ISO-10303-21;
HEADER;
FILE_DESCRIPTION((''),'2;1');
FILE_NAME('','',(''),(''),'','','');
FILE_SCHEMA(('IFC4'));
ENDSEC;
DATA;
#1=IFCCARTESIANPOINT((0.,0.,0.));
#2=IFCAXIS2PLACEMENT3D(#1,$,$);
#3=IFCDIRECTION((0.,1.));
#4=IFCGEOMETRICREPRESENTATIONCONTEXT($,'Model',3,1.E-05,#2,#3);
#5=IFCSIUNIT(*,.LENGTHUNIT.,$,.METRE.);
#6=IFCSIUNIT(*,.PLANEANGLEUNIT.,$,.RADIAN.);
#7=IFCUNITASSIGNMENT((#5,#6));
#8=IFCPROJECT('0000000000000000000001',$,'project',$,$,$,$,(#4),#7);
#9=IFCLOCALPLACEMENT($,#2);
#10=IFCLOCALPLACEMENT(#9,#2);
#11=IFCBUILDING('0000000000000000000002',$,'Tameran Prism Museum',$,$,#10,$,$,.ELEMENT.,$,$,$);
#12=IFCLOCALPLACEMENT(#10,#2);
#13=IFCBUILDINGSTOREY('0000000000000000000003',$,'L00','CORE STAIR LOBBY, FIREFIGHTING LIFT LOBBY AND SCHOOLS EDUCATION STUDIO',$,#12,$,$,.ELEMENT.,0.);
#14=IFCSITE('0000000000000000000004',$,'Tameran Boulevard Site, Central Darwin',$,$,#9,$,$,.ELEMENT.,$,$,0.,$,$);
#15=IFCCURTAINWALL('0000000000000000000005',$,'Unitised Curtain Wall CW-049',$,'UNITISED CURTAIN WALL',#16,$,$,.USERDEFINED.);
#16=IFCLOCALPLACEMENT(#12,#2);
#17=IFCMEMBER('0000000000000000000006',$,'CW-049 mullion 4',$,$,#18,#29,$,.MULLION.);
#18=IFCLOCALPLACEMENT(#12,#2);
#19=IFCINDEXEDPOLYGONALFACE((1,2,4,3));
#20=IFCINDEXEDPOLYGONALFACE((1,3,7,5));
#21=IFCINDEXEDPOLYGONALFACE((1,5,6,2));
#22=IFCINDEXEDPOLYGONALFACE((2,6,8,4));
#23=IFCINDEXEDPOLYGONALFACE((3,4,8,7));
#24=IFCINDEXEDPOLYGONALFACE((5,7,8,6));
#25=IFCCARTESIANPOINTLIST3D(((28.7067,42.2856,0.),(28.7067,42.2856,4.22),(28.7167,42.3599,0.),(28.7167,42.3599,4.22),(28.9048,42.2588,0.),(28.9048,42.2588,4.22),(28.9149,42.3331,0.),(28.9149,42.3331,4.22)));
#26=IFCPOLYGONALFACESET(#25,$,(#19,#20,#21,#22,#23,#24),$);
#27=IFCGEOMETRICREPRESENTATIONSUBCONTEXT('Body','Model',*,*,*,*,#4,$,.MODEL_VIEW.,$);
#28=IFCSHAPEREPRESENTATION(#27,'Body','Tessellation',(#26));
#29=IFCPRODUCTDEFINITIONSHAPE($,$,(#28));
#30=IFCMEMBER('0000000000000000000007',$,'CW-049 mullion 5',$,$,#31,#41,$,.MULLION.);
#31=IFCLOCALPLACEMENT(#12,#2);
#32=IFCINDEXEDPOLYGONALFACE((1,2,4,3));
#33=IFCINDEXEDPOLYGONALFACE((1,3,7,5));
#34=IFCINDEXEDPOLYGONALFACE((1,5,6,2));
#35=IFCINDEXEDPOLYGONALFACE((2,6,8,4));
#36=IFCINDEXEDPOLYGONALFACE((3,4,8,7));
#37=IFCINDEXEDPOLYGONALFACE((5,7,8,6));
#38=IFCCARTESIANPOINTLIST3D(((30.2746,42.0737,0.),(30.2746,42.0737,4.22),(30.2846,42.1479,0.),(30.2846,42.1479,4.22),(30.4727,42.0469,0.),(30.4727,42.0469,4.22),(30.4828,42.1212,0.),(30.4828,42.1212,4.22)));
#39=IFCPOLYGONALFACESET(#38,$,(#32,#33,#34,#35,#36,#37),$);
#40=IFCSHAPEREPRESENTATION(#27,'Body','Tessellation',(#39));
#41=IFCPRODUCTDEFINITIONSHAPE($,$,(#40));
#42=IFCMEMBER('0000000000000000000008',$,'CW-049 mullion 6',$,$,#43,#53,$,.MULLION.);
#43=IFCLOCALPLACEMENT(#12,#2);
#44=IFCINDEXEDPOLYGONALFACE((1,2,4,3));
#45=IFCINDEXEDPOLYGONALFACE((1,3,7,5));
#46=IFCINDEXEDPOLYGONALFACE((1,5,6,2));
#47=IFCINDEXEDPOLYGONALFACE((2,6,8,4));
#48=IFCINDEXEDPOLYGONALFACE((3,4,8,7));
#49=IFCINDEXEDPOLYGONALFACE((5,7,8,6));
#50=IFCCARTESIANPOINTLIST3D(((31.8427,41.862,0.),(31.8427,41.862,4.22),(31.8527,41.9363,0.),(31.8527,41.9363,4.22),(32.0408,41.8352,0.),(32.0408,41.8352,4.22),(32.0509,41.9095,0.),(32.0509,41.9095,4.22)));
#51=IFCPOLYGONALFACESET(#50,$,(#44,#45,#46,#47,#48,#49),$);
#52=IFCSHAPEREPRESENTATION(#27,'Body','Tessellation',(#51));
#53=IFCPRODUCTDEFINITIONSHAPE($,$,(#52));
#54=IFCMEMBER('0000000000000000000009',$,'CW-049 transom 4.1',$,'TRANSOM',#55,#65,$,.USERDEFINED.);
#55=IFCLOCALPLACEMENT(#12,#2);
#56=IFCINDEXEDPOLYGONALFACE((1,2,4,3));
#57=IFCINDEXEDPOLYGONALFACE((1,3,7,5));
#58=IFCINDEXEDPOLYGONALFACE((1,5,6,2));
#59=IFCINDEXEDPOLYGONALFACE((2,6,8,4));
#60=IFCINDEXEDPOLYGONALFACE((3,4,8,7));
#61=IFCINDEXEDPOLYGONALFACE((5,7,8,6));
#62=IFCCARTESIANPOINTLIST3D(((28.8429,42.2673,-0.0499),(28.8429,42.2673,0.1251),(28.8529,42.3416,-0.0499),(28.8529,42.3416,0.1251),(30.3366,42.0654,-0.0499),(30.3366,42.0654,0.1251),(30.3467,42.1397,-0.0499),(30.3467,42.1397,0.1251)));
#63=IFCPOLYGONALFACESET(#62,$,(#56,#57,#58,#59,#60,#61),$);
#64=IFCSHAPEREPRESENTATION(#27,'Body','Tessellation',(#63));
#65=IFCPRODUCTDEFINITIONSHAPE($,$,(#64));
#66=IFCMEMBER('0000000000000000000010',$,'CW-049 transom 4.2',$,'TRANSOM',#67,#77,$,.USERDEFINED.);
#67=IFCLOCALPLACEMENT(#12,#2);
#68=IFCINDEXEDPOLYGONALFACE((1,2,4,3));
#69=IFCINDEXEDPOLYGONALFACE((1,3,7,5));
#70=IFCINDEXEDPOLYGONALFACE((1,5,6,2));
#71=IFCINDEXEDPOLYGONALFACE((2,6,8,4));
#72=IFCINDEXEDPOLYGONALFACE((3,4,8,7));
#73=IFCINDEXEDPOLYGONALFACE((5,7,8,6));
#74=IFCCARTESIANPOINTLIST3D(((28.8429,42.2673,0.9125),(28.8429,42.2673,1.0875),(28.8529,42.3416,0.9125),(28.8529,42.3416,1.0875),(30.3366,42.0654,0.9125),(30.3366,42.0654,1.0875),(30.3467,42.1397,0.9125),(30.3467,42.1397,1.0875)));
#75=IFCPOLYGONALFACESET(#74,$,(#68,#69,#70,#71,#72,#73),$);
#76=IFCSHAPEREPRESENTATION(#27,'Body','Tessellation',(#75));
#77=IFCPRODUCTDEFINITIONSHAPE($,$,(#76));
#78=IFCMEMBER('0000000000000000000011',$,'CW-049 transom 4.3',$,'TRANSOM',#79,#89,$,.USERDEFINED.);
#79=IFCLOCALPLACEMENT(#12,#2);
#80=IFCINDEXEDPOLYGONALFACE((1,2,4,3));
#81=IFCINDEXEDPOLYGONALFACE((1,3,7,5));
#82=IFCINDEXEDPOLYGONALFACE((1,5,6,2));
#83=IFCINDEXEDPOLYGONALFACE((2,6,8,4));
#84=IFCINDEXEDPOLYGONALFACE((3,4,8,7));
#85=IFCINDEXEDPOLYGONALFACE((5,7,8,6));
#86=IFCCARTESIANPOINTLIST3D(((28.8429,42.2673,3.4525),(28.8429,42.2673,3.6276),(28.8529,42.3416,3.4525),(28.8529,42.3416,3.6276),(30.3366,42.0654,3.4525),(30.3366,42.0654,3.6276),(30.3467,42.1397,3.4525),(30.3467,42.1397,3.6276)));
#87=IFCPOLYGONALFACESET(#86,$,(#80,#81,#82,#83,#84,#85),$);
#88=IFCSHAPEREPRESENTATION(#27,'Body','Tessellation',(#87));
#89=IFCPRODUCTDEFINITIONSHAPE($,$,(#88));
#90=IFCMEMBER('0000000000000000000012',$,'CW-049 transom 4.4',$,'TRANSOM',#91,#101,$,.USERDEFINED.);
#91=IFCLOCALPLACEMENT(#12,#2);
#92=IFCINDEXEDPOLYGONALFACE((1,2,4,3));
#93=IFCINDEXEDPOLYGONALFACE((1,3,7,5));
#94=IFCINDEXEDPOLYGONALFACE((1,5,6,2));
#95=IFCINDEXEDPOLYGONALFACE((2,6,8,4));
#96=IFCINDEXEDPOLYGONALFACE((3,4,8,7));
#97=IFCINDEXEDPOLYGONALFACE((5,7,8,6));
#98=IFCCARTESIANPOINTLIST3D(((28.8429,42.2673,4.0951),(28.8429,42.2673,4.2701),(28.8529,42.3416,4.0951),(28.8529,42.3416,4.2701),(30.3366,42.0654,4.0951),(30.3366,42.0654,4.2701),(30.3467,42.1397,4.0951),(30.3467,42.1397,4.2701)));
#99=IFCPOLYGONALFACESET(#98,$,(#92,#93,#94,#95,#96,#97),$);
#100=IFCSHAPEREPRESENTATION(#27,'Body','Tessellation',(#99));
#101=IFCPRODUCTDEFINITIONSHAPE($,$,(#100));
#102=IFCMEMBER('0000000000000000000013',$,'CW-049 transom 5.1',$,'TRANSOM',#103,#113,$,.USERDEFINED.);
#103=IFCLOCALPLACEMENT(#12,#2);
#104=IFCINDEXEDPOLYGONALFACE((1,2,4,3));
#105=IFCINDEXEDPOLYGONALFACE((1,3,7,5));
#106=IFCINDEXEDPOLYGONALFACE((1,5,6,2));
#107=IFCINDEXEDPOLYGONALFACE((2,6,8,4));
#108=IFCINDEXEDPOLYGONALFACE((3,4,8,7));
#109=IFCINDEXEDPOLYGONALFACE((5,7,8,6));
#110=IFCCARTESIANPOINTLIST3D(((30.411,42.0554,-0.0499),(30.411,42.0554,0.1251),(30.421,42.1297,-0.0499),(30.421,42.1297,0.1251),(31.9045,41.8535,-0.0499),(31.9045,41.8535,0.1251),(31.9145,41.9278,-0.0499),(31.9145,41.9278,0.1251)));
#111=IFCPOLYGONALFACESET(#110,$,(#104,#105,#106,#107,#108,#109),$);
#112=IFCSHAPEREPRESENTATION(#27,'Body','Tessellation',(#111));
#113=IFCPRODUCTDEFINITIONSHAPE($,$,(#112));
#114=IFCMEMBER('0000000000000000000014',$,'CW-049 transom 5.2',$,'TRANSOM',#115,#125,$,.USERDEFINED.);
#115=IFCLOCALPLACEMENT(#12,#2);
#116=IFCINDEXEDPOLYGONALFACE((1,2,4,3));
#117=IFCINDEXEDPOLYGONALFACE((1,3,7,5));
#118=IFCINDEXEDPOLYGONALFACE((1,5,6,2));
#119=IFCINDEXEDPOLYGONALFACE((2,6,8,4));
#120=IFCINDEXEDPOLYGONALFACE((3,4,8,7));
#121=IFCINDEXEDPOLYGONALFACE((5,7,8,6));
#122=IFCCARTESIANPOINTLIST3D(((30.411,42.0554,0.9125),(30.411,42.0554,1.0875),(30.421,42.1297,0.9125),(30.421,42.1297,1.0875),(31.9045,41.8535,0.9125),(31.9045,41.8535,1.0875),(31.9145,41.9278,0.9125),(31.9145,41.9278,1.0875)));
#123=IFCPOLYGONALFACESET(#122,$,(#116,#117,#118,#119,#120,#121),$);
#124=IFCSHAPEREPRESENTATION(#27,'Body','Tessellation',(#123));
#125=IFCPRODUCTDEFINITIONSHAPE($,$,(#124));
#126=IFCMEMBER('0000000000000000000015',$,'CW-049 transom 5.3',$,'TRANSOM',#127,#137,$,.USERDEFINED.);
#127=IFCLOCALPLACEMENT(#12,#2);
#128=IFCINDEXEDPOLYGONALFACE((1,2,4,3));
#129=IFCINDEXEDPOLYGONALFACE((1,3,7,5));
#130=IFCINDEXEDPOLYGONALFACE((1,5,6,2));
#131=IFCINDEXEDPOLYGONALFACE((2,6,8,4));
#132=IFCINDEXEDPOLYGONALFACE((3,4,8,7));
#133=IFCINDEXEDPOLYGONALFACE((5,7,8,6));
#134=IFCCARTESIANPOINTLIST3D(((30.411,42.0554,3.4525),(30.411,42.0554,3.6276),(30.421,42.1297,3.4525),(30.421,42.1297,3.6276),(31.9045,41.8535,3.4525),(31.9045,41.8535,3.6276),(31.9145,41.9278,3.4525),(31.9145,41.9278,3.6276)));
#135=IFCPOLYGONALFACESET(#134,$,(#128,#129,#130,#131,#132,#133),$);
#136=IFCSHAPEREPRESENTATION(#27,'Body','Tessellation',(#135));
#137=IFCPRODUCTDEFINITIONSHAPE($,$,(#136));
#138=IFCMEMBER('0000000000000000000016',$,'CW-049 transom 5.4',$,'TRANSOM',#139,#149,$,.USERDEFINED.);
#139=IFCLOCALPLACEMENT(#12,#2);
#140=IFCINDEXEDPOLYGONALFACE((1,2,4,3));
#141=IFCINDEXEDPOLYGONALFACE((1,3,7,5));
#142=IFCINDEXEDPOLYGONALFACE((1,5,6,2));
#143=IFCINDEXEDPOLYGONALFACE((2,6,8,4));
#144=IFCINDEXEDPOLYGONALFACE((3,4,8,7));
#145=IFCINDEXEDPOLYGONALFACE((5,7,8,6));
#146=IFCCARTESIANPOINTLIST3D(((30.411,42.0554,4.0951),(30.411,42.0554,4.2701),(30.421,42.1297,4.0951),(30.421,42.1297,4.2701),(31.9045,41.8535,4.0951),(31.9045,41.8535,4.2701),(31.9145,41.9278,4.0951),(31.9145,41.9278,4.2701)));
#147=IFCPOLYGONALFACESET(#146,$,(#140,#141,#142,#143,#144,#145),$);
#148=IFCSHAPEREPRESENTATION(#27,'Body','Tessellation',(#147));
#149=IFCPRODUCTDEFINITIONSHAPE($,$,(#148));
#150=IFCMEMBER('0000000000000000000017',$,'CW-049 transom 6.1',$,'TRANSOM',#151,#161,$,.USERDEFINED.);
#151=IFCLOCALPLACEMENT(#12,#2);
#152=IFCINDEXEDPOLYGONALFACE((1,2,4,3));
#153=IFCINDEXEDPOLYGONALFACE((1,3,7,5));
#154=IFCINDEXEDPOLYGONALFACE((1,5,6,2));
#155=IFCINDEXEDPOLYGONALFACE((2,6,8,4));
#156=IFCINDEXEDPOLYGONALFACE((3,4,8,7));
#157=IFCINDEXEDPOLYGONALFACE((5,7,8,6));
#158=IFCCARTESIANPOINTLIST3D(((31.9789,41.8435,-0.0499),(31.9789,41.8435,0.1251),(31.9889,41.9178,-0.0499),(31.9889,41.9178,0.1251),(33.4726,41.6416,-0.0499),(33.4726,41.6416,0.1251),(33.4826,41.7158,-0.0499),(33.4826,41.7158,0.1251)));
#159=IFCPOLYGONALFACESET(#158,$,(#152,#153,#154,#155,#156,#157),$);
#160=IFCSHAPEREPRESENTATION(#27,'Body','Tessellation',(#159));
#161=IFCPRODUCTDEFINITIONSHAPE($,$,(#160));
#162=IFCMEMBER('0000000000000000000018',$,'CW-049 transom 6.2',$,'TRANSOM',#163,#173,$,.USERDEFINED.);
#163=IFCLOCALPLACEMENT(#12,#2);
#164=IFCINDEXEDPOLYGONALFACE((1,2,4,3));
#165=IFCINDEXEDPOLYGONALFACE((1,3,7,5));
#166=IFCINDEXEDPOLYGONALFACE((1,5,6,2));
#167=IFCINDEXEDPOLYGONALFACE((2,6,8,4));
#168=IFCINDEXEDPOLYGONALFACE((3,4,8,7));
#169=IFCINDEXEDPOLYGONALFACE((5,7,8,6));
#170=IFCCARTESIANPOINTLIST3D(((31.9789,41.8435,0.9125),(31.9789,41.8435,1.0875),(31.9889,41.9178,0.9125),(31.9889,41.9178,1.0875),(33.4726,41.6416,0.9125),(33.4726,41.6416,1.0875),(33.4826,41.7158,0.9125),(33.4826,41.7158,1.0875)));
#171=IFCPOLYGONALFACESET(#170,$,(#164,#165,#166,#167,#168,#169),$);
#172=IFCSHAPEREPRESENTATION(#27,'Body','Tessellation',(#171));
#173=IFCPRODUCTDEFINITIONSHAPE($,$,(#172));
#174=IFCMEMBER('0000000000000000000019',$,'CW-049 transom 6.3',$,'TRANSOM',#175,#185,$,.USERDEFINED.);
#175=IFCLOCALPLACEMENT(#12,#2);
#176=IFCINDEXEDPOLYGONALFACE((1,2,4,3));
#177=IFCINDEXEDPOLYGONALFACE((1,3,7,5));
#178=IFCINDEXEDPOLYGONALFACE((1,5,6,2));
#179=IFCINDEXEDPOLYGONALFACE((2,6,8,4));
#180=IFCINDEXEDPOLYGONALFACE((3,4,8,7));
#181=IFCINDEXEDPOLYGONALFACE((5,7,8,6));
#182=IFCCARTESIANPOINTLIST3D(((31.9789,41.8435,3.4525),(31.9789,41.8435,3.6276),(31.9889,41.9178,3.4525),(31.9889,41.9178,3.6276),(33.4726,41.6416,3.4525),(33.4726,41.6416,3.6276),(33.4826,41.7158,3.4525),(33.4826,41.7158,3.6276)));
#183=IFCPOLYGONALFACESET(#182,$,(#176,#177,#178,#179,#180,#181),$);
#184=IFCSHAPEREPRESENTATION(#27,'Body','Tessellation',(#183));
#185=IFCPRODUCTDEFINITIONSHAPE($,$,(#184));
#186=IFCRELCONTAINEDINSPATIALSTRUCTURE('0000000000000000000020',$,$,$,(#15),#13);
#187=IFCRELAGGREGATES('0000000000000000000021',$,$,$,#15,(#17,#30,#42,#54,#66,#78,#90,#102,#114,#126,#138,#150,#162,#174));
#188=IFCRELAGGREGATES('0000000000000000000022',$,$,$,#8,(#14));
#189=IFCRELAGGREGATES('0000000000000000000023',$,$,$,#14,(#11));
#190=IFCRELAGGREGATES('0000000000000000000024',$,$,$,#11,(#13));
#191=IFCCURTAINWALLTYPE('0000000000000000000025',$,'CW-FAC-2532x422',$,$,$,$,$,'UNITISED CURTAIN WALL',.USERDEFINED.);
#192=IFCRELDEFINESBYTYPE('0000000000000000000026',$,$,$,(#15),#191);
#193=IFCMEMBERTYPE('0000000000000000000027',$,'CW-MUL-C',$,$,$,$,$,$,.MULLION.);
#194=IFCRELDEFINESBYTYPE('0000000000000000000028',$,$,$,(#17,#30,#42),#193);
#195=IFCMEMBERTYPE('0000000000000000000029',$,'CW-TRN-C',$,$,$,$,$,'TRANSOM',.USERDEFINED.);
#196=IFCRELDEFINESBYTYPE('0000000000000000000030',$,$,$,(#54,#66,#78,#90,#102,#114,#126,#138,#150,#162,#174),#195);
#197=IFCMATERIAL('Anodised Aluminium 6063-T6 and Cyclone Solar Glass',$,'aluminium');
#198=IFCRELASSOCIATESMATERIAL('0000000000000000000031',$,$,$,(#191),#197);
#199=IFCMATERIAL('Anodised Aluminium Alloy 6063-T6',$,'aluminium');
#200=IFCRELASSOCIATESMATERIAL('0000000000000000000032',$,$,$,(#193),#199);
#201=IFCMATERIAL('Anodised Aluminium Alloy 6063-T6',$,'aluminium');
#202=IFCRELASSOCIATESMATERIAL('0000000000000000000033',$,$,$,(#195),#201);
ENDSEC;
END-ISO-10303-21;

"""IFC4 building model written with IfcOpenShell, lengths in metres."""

from ifc_helpers import new_model, si_unit, direction, frame, origin, origin_2d, place, context, subcontext, project, spatial, rectangle, extrude, material, material_profile, profile_set, type_object, element, aggregate, save


model = new_model("IFC4")

# Units and contexts
model_context = context("Model", 3, precision=1e-05, world=origin(), true_north=direction((0.0, 1.0)))
body_context = subcontext(model_context, "Body", "Model", "MODEL_VIEW")
ifc_project = project(units=[si_unit("LENGTHUNIT", "METRE"), si_unit("PLANEANGLEUNIT", "RADIAN")], contexts=[model_context])

# Site, building, storey
site_placement = place(None, origin())
site = spatial("IfcSite", under=ifc_project, at=site_placement, Name="Tameran Boulevard Site, Central Darwin", CompositionType="ELEMENT", RefElevation=0.0)
building_placement = place(site_placement, origin())
building = spatial("IfcBuilding", under=site, at=building_placement, Name="Tameran Prism Museum", CompositionType="ELEMENT")
storey_placement = place(building_placement, origin())
storey = spatial("IfcBuildingStorey", under=building, at=storey_placement, Name="L00", Description="CORE STAIR LOBBY, FIREFIGHTING LIFT LOBBY AND SCHOOLS EDUCATION STUDIO", CompositionType="ELEMENT", Elevation=0.0)

# Curtain wall, members
ifc_material_1 = material(Name="Anodised Aluminium 6063-T6 and Cyclone Solar Glass", Category="aluminium")
curtain_wall_type = type_object("IfcCurtainWallType", Name="CW-FAC-2532x422", ElementType="UNITISED CURTAIN WALL", PredefinedType="USERDEFINED", material=ifc_material_1)
curtain_wall_placement = place(storey_placement, origin())
curtain_wall = element("IfcCurtainWall", 1, at=curtain_wall_placement, inside=storey, type_object=curtain_wall_type, Name="Unitised Curtain Wall CW-049", ObjectType="UNITISED CURTAIN WALL", PredefinedType="USERDEFINED")
ifc_material_2 = material(Name="Anodised Aluminium Alloy 6063-T6", Category="aluminium")
ifc_material_profile_1 = material_profile(ifc_material_2, rectangle(XDim=0.075, YDim=0.2, at=origin_2d()))
ifc_profile_set_1 = profile_set([ifc_material_profile_1])
member_type_1 = type_object("IfcMemberType", Name="CW-MUL-C", PredefinedType="MULLION", material=ifc_profile_set_1)
member_1_placement = place(storey_placement, frame((28.8108, 42.3093, 0.0), z_axis=(0.0, 0.0, 1.0), x_axis=(0.133913, 0.990993, 0.0)))
member_1 = element("IfcMember", 2, at=member_1_placement, type_object=member_type_1, Name="CW-049 mullion 4", PredefinedType="MULLION", context=body_context, shape_type="SweptSolid", body=[
    extrude(rectangle(XDim=0.075, YDim=0.2, at=origin_2d()), origin(), (0.0, 0.0, 1.0), 4.22),
])
member_2_placement = place(storey_placement, frame((30.3787, 42.0974, 0.0), z_axis=(0.0, 0.0, 1.0), x_axis=(0.133913, 0.990993, 0.0)))
member_2 = element("IfcMember", 3, at=member_2_placement, type_object=member_type_1, Name="CW-049 mullion 5", PredefinedType="MULLION", context=body_context, shape_type="SweptSolid", body=[
    extrude(rectangle(XDim=0.075, YDim=0.2, at=origin_2d()), origin(), (0.0, 0.0, 1.0), 4.22),
])
member_3_placement = place(storey_placement, frame((31.9468, 41.8857, 0.0), z_axis=(0.0, 0.0, 1.0), x_axis=(0.133913, 0.990993, 0.0)))
member_3 = element("IfcMember", 4, at=member_3_placement, type_object=member_type_1, Name="CW-049 mullion 6", PredefinedType="MULLION", context=body_context, shape_type="SweptSolid", body=[
    extrude(rectangle(XDim=0.075, YDim=0.2, at=origin_2d()), origin(), (0.0, 0.0, 1.0), 4.22),
])
ifc_material_3 = material(Name="Anodised Aluminium Alloy 6063-T6", Category="aluminium")
ifc_material_profile_2 = material_profile(ifc_material_3, rectangle(XDim=0.075, YDim=0.175, at=origin_2d()))
ifc_profile_set_2 = profile_set([ifc_material_profile_2])
member_type_2 = type_object("IfcMemberType", Name="CW-TRN-C", ElementType="TRANSOM", PredefinedType="USERDEFINED", material=ifc_profile_set_2)
member_4_placement = place(storey_placement, frame((28.8479, 42.3044, 0.0376), z_axis=(0.990987, -0.133957, 0.0), x_axis=(0.133957, 0.990987, 0.0)))
member_4 = element("IfcMember", 5, at=member_4_placement, type_object=member_type_2, Name="CW-049 transom 4.1", ObjectType="TRANSOM", PredefinedType="USERDEFINED", context=body_context, shape_type="SweptSolid", body=[
    extrude(rectangle(XDim=0.075, YDim=0.175, at=origin_2d()), origin(), (0.0, 0.0, 1.0), 1.5073),
])
member_5_placement = place(storey_placement, frame((28.8479, 42.3044, 1.0), z_axis=(0.990987, -0.133957, 0.0), x_axis=(0.133957, 0.990987, 0.0)))
member_5 = element("IfcMember", 6, at=member_5_placement, type_object=member_type_2, Name="CW-049 transom 4.2", ObjectType="TRANSOM", PredefinedType="USERDEFINED", context=body_context, shape_type="SweptSolid", body=[
    extrude(rectangle(XDim=0.075, YDim=0.175, at=origin_2d()), origin(), (0.0, 0.0, 1.0), 1.5073),
])
member_6_placement = place(storey_placement, frame((28.8479, 42.3044, 3.54), z_axis=(0.990987, -0.133957, 0.0), x_axis=(0.133957, 0.990987, 0.0)))
member_6 = element("IfcMember", 7, at=member_6_placement, type_object=member_type_2, Name="CW-049 transom 4.3", ObjectType="TRANSOM", PredefinedType="USERDEFINED", context=body_context, shape_type="SweptSolid", body=[
    extrude(rectangle(XDim=0.075, YDim=0.175, at=origin_2d()), origin(), (0.0, 0.0, 1.0), 1.5073),
])
member_7_placement = place(storey_placement, frame((28.8479, 42.3044, 4.1826), z_axis=(0.990987, -0.133957, 0.0), x_axis=(0.133957, 0.990987, 0.0)))
member_7 = element("IfcMember", 8, at=member_7_placement, type_object=member_type_2, Name="CW-049 transom 4.4", ObjectType="TRANSOM", PredefinedType="USERDEFINED", context=body_context, shape_type="SweptSolid", body=[
    extrude(rectangle(XDim=0.075, YDim=0.175, at=origin_2d()), origin(), (0.0, 0.0, 1.0), 1.5073),
])
member_8_placement = place(storey_placement, frame((30.416, 42.0925, 0.0376), z_axis=(0.990984, -0.133978, 0.0), x_axis=(0.133978, 0.990984, 0.0)))
member_8 = element("IfcMember", 9, at=member_8_placement, type_object=member_type_2, Name="CW-049 transom 5.1", ObjectType="TRANSOM", PredefinedType="USERDEFINED", context=body_context, shape_type="SweptSolid", body=[
    extrude(rectangle(XDim=0.075, YDim=0.175, at=origin_2d()), origin(), (0.0, 0.0, 1.0), 1.5071),
])
member_9_placement = place(storey_placement, frame((30.416, 42.0925, 1.0), z_axis=(0.990984, -0.133978, 0.0), x_axis=(0.133978, 0.990984, 0.0)))
member_9 = element("IfcMember", 10, at=member_9_placement, type_object=member_type_2, Name="CW-049 transom 5.2", ObjectType="TRANSOM", PredefinedType="USERDEFINED", context=body_context, shape_type="SweptSolid", body=[
    extrude(rectangle(XDim=0.075, YDim=0.175, at=origin_2d()), origin(), (0.0, 0.0, 1.0), 1.5071),
])
member_10_placement = place(storey_placement, frame((30.416, 42.0925, 3.54), z_axis=(0.990984, -0.133978, 0.0), x_axis=(0.133978, 0.990984, 0.0)))
member_10 = element("IfcMember", 11, at=member_10_placement, type_object=member_type_2, Name="CW-049 transom 5.3", ObjectType="TRANSOM", PredefinedType="USERDEFINED", context=body_context, shape_type="SweptSolid", body=[
    extrude(rectangle(XDim=0.075, YDim=0.175, at=origin_2d()), origin(), (0.0, 0.0, 1.0), 1.5071),
])
member_11_placement = place(storey_placement, frame((30.416, 42.0925, 4.1826), z_axis=(0.990984, -0.133978, 0.0), x_axis=(0.133978, 0.990984, 0.0)))
member_11 = element("IfcMember", 12, at=member_11_placement, type_object=member_type_2, Name="CW-049 transom 5.4", ObjectType="TRANSOM", PredefinedType="USERDEFINED", context=body_context, shape_type="SweptSolid", body=[
    extrude(rectangle(XDim=0.075, YDim=0.175, at=origin_2d()), origin(), (0.0, 0.0, 1.0), 1.5071),
])
member_12_placement = place(storey_placement, frame((31.9839, 41.8806, 0.0376), z_axis=(0.990987, -0.133957, 0.0), x_axis=(0.133957, 0.990987, 0.0)))
member_12 = element("IfcMember", 13, at=member_12_placement, type_object=member_type_2, Name="CW-049 transom 6.1", ObjectType="TRANSOM", PredefinedType="USERDEFINED", context=body_context, shape_type="SweptSolid", body=[
    extrude(rectangle(XDim=0.075, YDim=0.175, at=origin_2d()), origin(), (0.0, 0.0, 1.0), 1.5073),
])
member_13_placement = place(storey_placement, frame((31.9839, 41.8806, 1.0), z_axis=(0.990987, -0.133957, 0.0), x_axis=(0.133957, 0.990987, 0.0)))
member_13 = element("IfcMember", 14, at=member_13_placement, type_object=member_type_2, Name="CW-049 transom 6.2", ObjectType="TRANSOM", PredefinedType="USERDEFINED", context=body_context, shape_type="SweptSolid", body=[
    extrude(rectangle(XDim=0.075, YDim=0.175, at=origin_2d()), origin(), (0.0, 0.0, 1.0), 1.5073),
])
member_14_placement = place(storey_placement, frame((31.9839, 41.8806, 3.54), z_axis=(0.990987, -0.133957, 0.0), x_axis=(0.133957, 0.990987, 0.0)))
member_14 = element("IfcMember", 15, at=member_14_placement, type_object=member_type_2, Name="CW-049 transom 6.3", ObjectType="TRANSOM", PredefinedType="USERDEFINED", context=body_context, shape_type="SweptSolid", body=[
    extrude(rectangle(XDim=0.075, YDim=0.175, at=origin_2d()), origin(), (0.0, 0.0, 1.0), 1.5073),
])
aggregate(curtain_wall, [member_1, member_2, member_3, member_4, member_5, member_6, member_7, member_8, member_9, member_10, member_11, member_12, member_13, member_14])

save(model, "model.ifc")
